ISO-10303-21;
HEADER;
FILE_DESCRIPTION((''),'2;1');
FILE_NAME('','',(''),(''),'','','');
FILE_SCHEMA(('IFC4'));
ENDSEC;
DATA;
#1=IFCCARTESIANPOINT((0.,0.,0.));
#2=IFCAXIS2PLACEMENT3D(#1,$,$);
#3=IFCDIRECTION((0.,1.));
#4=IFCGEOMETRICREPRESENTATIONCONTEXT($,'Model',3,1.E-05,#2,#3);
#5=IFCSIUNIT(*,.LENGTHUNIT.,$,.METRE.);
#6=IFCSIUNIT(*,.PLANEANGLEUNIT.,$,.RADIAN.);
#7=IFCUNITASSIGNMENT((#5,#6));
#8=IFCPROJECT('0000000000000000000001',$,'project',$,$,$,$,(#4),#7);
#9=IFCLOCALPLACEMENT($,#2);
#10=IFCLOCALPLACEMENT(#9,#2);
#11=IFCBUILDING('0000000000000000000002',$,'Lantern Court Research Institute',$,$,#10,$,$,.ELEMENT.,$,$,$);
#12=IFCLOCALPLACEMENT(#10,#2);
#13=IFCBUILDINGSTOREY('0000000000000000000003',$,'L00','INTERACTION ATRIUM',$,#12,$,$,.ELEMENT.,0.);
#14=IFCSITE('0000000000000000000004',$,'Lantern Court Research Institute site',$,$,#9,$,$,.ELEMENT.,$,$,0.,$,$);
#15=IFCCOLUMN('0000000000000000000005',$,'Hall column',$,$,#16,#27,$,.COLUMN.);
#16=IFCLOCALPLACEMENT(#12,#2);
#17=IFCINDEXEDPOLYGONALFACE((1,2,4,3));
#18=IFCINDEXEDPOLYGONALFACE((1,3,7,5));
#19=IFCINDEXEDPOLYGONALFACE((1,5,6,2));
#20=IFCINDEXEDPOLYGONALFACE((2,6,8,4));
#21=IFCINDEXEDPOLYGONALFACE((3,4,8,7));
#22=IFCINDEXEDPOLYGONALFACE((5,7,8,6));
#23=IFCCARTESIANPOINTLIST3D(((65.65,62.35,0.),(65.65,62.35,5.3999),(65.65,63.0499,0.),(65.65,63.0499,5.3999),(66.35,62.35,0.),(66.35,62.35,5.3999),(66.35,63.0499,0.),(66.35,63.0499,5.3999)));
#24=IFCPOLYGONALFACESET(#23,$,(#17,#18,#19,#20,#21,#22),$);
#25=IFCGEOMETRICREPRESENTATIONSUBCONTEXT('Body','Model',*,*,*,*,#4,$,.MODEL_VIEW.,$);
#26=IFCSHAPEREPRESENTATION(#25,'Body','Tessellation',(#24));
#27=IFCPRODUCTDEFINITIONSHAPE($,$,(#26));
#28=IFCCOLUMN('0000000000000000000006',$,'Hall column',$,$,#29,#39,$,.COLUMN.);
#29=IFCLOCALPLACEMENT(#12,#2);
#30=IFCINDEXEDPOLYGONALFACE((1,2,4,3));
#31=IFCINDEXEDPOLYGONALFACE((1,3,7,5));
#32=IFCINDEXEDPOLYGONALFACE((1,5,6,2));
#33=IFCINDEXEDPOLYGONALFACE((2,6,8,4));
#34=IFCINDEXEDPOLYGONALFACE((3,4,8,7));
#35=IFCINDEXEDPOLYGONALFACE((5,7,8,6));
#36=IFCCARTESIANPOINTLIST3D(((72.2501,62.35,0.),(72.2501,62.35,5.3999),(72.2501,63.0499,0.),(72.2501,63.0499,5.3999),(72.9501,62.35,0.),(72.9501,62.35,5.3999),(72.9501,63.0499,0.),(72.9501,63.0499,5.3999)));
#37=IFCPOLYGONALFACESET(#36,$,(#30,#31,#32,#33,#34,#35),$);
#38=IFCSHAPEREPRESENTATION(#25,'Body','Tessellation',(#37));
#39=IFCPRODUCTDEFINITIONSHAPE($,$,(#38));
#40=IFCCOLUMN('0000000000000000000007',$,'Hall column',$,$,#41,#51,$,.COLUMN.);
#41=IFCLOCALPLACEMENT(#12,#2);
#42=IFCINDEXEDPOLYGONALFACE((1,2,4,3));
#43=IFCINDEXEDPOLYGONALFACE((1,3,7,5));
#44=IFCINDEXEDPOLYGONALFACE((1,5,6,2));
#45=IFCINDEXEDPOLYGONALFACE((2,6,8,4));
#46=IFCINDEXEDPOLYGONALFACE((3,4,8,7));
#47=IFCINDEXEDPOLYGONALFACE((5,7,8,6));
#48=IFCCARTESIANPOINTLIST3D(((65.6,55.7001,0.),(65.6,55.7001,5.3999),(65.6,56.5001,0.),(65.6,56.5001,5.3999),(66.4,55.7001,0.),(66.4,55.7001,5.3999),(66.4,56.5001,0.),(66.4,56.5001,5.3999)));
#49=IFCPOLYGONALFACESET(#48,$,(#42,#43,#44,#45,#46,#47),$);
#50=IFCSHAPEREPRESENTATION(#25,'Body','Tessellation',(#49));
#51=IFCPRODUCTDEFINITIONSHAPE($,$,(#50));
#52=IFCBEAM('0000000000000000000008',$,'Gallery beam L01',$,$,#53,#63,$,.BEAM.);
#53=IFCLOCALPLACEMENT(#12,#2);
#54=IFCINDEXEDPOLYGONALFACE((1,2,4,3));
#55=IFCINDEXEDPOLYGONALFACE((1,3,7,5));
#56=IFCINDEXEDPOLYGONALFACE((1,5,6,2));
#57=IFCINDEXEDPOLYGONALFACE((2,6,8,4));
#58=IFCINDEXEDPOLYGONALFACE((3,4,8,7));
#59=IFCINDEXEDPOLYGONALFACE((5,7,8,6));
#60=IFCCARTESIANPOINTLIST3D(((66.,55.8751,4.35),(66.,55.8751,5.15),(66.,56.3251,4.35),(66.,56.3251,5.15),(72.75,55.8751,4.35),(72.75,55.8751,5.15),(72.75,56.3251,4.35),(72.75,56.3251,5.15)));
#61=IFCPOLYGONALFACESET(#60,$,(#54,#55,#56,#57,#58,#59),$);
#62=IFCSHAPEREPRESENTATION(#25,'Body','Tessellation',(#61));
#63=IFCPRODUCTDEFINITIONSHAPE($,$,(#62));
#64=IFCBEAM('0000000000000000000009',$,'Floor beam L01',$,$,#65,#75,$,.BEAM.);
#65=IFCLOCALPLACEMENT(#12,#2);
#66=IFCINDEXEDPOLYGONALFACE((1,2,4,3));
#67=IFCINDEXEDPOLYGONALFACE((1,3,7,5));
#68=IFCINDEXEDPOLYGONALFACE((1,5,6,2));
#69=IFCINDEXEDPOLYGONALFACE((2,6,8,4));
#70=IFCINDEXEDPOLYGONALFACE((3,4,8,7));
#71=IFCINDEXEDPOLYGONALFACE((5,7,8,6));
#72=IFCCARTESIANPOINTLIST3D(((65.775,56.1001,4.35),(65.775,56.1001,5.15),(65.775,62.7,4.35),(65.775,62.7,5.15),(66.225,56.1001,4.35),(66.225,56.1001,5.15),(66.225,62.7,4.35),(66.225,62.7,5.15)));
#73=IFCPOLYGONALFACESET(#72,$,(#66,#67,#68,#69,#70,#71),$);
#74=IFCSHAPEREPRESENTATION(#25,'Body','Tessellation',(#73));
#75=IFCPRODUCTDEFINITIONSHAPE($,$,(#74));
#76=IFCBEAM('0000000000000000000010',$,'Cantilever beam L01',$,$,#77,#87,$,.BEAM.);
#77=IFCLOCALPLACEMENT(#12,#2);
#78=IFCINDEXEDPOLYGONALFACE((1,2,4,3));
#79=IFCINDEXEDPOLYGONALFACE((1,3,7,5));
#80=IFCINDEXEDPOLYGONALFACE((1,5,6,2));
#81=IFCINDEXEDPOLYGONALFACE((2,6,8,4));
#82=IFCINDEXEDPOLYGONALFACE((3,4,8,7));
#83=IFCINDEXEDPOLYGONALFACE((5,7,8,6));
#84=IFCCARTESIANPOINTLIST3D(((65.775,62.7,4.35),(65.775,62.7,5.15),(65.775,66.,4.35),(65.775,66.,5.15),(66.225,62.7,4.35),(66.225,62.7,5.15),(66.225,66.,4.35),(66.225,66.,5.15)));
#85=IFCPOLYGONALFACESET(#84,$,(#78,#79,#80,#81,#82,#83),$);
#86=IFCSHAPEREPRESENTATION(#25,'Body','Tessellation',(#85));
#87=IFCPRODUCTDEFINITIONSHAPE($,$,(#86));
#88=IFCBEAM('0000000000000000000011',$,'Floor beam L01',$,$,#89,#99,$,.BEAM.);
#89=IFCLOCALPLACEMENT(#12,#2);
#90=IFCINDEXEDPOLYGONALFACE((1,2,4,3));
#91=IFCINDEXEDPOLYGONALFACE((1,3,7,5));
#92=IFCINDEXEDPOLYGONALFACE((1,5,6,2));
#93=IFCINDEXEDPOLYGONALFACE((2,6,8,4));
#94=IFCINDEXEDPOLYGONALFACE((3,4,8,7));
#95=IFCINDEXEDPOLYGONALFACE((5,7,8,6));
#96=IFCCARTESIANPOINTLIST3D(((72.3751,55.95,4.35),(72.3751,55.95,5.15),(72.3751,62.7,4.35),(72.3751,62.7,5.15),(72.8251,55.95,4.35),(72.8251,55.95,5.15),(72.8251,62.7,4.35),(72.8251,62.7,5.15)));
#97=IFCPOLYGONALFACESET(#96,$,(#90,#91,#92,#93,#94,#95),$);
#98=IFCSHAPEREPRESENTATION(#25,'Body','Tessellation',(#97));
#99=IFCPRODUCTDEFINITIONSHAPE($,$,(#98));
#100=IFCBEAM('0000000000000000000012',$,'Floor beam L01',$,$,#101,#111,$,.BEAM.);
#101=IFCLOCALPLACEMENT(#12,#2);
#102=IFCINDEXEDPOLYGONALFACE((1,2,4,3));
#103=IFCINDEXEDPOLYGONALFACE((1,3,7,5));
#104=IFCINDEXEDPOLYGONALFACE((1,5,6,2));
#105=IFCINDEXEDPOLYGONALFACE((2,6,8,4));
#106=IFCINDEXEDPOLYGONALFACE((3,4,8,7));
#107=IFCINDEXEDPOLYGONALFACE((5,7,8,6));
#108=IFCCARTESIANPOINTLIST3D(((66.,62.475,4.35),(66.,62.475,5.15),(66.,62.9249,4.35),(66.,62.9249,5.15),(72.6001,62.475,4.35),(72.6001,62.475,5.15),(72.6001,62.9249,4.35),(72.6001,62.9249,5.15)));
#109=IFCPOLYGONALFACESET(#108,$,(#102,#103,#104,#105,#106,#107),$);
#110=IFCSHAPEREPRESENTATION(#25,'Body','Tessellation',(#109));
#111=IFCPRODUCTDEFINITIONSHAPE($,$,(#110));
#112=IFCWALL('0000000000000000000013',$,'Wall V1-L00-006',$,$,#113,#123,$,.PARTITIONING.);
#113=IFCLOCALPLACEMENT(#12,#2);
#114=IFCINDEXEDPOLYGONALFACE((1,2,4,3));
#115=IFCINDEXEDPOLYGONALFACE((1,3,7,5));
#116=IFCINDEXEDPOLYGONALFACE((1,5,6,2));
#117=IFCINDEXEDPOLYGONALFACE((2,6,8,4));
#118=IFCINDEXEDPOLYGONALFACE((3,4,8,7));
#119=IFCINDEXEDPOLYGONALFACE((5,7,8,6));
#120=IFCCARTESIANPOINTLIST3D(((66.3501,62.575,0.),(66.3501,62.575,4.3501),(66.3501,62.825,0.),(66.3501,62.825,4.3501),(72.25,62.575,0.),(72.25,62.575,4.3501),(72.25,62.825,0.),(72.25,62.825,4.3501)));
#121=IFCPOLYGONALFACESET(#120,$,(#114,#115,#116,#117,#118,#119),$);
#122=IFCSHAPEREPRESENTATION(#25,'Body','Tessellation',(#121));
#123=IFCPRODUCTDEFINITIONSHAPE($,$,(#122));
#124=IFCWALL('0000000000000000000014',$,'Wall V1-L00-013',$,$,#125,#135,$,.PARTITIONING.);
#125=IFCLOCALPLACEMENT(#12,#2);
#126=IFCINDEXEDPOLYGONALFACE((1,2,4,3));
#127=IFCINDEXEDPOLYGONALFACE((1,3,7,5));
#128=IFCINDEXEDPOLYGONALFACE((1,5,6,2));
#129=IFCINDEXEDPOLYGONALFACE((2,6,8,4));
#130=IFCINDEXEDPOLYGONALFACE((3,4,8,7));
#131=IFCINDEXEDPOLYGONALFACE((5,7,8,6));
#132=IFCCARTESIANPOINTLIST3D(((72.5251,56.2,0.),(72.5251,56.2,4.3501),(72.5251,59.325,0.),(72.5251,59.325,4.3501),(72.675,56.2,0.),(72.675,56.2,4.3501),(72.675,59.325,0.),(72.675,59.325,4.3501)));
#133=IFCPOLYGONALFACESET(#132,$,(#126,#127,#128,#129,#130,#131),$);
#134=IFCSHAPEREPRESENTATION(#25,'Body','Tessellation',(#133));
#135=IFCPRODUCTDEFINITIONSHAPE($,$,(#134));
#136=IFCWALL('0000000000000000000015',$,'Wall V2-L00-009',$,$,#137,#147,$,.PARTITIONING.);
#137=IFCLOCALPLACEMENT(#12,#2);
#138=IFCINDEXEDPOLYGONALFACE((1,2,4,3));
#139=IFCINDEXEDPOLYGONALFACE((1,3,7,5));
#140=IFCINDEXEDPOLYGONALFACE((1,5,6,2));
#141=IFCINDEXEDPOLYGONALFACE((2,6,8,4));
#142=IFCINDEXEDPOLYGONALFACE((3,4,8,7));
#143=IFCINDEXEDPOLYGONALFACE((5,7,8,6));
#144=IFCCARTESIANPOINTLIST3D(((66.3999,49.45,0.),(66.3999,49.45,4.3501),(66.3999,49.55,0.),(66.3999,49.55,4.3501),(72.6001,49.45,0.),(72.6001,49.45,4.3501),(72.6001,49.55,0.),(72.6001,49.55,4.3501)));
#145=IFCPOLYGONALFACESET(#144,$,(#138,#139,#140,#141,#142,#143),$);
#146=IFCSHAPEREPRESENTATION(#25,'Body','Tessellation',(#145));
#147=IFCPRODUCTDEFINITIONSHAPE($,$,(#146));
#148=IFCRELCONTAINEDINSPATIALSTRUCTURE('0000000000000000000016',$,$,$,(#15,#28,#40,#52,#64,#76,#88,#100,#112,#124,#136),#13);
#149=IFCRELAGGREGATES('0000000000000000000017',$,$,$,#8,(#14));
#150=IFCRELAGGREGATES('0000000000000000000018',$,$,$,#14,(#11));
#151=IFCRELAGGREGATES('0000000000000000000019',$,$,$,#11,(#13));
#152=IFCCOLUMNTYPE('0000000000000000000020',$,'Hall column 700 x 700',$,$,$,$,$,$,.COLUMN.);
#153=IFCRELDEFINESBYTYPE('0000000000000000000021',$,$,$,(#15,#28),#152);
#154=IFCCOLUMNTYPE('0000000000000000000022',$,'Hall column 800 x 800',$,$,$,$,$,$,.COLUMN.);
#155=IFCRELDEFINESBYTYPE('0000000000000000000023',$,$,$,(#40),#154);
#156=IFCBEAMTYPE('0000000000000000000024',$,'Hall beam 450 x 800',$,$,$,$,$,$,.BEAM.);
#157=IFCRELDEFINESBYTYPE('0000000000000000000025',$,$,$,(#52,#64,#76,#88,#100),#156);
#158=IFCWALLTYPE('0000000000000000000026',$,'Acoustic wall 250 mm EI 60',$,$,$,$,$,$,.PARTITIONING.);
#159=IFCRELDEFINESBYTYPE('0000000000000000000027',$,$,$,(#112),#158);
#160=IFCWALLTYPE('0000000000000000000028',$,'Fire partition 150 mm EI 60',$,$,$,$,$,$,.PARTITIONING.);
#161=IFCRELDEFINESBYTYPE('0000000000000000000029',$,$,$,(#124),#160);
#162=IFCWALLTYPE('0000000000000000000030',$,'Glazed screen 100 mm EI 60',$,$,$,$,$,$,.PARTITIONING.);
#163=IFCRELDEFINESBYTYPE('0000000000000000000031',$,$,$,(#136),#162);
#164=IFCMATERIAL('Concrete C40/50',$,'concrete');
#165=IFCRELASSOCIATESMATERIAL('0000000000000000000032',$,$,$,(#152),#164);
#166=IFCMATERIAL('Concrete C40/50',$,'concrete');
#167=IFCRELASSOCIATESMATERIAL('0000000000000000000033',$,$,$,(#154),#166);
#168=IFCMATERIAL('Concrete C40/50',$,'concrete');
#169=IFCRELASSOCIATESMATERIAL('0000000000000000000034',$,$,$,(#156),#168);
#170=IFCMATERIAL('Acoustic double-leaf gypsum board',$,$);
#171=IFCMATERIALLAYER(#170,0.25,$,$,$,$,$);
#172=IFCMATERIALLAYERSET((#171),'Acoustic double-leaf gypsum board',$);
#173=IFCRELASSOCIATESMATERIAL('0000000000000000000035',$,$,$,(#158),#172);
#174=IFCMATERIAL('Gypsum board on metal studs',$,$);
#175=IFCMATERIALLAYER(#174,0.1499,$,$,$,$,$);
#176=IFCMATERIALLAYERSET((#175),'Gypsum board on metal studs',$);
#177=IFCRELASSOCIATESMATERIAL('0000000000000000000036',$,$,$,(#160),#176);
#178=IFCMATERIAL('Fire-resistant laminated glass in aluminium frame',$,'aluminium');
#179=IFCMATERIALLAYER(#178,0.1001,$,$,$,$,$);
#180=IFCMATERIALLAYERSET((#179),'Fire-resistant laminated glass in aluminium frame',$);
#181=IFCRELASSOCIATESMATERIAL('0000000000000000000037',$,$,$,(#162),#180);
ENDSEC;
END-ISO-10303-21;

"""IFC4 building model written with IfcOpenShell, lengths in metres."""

from ifc_helpers import new_model, si_unit, direction, frame, frame_2d, origin, origin_2d, place, context, subcontext, project, spatial, rectangle, extrude, material, layer, layer_set, material_profile, profile_set, type_object, element, save


model = new_model("IFC4")

# Units and contexts
model_context = context("Model", 3, precision=1e-05, world=origin(), true_north=direction((0.0, 1.0)))
body_context = subcontext(model_context, "Body", "Model", "MODEL_VIEW")
ifc_project = project(units=[si_unit("LENGTHUNIT", "METRE"), si_unit("PLANEANGLEUNIT", "RADIAN")], contexts=[model_context])

# Site, building, storey
site_placement = place(None, origin())
site = spatial("IfcSite", under=ifc_project, at=site_placement, Name="Lantern Court Research Institute site", CompositionType="ELEMENT", RefElevation=0.0)
building_placement = place(site_placement, origin())
building = spatial("IfcBuilding", under=site, at=building_placement, Name="Lantern Court Research Institute", CompositionType="ELEMENT")
storey_placement = place(building_placement, origin())
storey = spatial("IfcBuildingStorey", under=building, at=storey_placement, Name="L00", Description="INTERACTION ATRIUM", CompositionType="ELEMENT", Elevation=0.0)

# Columns
ifc_material_1 = material(Name="Concrete C40/50", Category="concrete")
ifc_material_profile_1 = material_profile(ifc_material_1, rectangle(XDim=0.7, YDim=0.7, at=origin_2d()), Name="Hall column 700 x 700")
ifc_profile_set_1 = profile_set([ifc_material_profile_1], Name="Concrete C40/50")
column_type_1 = type_object("IfcColumnType", Name="Hall column 700 x 700", PredefinedType="COLUMN", material=ifc_profile_set_1)
for number, where, z_axis, x_axis, name in (
    (1, (66.0, 62.7, 0.0), (0.0, 0.0, 1.0), (1.0, 0.0, 0.0), "Hall column"),
    (2, (72.6001, 62.7, 0.0), (0.0, 0.0, 1.0), (1.0, 0.0, 0.0), "Hall column"),
):
    element("IfcColumn", number, at=place(storey_placement, frame(where, z_axis=z_axis, x_axis=x_axis)), inside=storey, type_object=column_type_1, Name=name, PredefinedType="COLUMN", context=body_context, shape_type="SweptSolid", body=[
        extrude(rectangle(XDim=0.7, YDim=0.7, at=origin_2d()), origin(), (0.0, 0.0, 1.0), 5.3999),
    ])
ifc_material_2 = material(Name="Concrete C40/50", Category="concrete")
ifc_material_profile_2 = material_profile(ifc_material_2, rectangle(XDim=0.8, YDim=0.8, at=origin_2d()), Name="Hall column 800 x 800")
ifc_profile_set_2 = profile_set([ifc_material_profile_2], Name="Concrete C40/50")
column_type_2 = type_object("IfcColumnType", Name="Hall column 800 x 800", PredefinedType="COLUMN", material=ifc_profile_set_2)
column_placement = place(storey_placement, frame((66.0, 56.1001, 0.0), z_axis=(0.0, 0.0, 1.0), x_axis=(1.0, 0.0, 0.0)))
element("IfcColumn", 3, at=column_placement, inside=storey, type_object=column_type_2, Name="Hall column", PredefinedType="COLUMN", context=body_context, shape_type="SweptSolid", body=[
    extrude(rectangle(XDim=0.8, YDim=0.8, at=origin_2d()), origin(), (0.0, 0.0, 1.0), 5.3999),
])

# Beams
ifc_material_3 = material(Name="Concrete C40/50", Category="concrete")
ifc_material_profile_3 = material_profile(ifc_material_3, rectangle(XDim=0.45, YDim=0.8, at=origin_2d()), Name="Hall beam 450 x 800")
ifc_profile_set_3 = profile_set([ifc_material_profile_3], Name="Concrete C40/50")
beam_type = type_object("IfcBeamType", Name="Hall beam 450 x 800", PredefinedType="BEAM", material=ifc_profile_set_3)
beam_1_placement = place(storey_placement, frame((66.0, 56.1001, 4.75), z_axis=(1.0, 0.0, 0.0), x_axis=(0.0, 1.0, 0.0)))
element("IfcBeam", 4, at=beam_1_placement, inside=storey, type_object=beam_type, Name="Gallery beam L01", PredefinedType="BEAM", context=body_context, shape_type="SweptSolid", body=[
    extrude(rectangle(XDim=0.45, YDim=0.8, at=origin_2d()), origin(), (0.0, 0.0, 1.0), 6.75),
])
beam_2_placement = place(storey_placement, frame((66.0, 56.1001, 4.75), z_axis=(0.0, 1.0, 0.0), x_axis=(-1.0, 0.0, 0.0)))
element("IfcBeam", 5, at=beam_2_placement, inside=storey, type_object=beam_type, Name="Floor beam L01", PredefinedType="BEAM", context=body_context, shape_type="SweptSolid", body=[
    extrude(rectangle(XDim=0.45, YDim=0.8, at=origin_2d()), origin(), (0.0, 0.0, 1.0), 6.5999),
])
beam_3_placement = place(storey_placement, frame((66.0, 62.7, 4.75), z_axis=(0.0, 1.0, 0.0), x_axis=(-1.0, 0.0, 0.0)))
element("IfcBeam", 6, at=beam_3_placement, inside=storey, type_object=beam_type, Name="Cantilever beam L01", PredefinedType="BEAM", context=body_context, shape_type="SweptSolid", body=[
    extrude(rectangle(XDim=0.45, YDim=0.8, at=origin_2d()), origin(), (0.0, 0.0, 1.0), 3.3),
])
beam_4_placement = place(storey_placement, frame((72.6001, 55.95, 4.75), z_axis=(0.0, 1.0, 0.0), x_axis=(-1.0, 0.0, 0.0)))
element("IfcBeam", 7, at=beam_4_placement, inside=storey, type_object=beam_type, Name="Floor beam L01", PredefinedType="BEAM", context=body_context, shape_type="SweptSolid", body=[
    extrude(rectangle(XDim=0.45, YDim=0.8, at=origin_2d()), origin(), (0.0, 0.0, 1.0), 6.75),
])
beam_5_placement = place(storey_placement, frame((66.0, 62.7, 4.75), z_axis=(1.0, 0.0, 0.0), x_axis=(0.0, 1.0, 0.0)))
element("IfcBeam", 8, at=beam_5_placement, inside=storey, type_object=beam_type, Name="Floor beam L01", PredefinedType="BEAM", context=body_context, shape_type="SweptSolid", body=[
    extrude(rectangle(XDim=0.45, YDim=0.8, at=origin_2d()), origin(), (0.0, 0.0, 1.0), 6.6001),
])

# Walls
ifc_material_4 = material(Name="Acoustic double-leaf gypsum board")
ifc_layer_1 = layer(ifc_material_4, 0.25)
ifc_layer_set_1 = layer_set([ifc_layer_1], Name="Acoustic double-leaf gypsum board")
wall_type_1 = type_object("IfcWallType", Name="Acoustic wall 250 mm EI 60", PredefinedType="PARTITIONING", material=ifc_layer_set_1)
wall_1_placement = place(storey_placement, frame((66.3501, 62.7, 0.0), z_axis=(0.0, 0.0, 1.0), x_axis=(1.0, 0.0, 0.0)))
element("IfcWall", 9, at=wall_1_placement, inside=storey, type_object=wall_type_1, Name="Wall V1-L00-006", PredefinedType="PARTITIONING", context=body_context, shape_type="SweptSolid", body=[
    extrude(rectangle(XDim=5.8999, YDim=0.25, at=frame_2d((2.95, 0.0))), origin(), (0.0, 0.0, 1.0), 4.3501),
])
ifc_material_5 = material(Name="Gypsum board on metal studs")
ifc_layer_2 = layer(ifc_material_5, 0.1499)
ifc_layer_set_2 = layer_set([ifc_layer_2], Name="Gypsum board on metal studs")
wall_type_2 = type_object("IfcWallType", Name="Fire partition 150 mm EI 60", PredefinedType="PARTITIONING", material=ifc_layer_set_2)
wall_2_placement = place(storey_placement, frame((72.6001, 56.2, 0.0), z_axis=(0.0, 0.0, 1.0), x_axis=(0.0, 1.0, 0.0)))
element("IfcWall", 10, at=wall_2_placement, inside=storey, type_object=wall_type_2, Name="Wall V1-L00-013", PredefinedType="PARTITIONING", context=body_context, shape_type="SweptSolid", body=[
    extrude(rectangle(XDim=3.125, YDim=0.1499, at=frame_2d((1.5625, 0.0))), origin(), (0.0, 0.0, 1.0), 4.3501),
])
ifc_material_6 = material(Name="Fire-resistant laminated glass in aluminium frame", Category="aluminium")
ifc_layer_3 = layer(ifc_material_6, 0.1001)
ifc_layer_set_3 = layer_set([ifc_layer_3], Name="Fire-resistant laminated glass in aluminium frame")
wall_type_3 = type_object("IfcWallType", Name="Glazed screen 100 mm EI 60", PredefinedType="PARTITIONING", material=ifc_layer_set_3)
wall_3_placement = place(storey_placement, frame((66.3999, 49.5, 0.0), z_axis=(0.0, 0.0, 1.0), x_axis=(1.0, 0.0, 0.0)))
element("IfcWall", 11, at=wall_3_placement, inside=storey, type_object=wall_type_3, Name="Wall V2-L00-009", PredefinedType="PARTITIONING", context=body_context, shape_type="SweptSolid", body=[
    extrude(rectangle(XDim=6.2002, YDim=0.1001, at=frame_2d((3.1001, 0.0))), origin(), (0.0, 0.0, 1.0), 4.3501),
])

save(model, "model.ifc")
